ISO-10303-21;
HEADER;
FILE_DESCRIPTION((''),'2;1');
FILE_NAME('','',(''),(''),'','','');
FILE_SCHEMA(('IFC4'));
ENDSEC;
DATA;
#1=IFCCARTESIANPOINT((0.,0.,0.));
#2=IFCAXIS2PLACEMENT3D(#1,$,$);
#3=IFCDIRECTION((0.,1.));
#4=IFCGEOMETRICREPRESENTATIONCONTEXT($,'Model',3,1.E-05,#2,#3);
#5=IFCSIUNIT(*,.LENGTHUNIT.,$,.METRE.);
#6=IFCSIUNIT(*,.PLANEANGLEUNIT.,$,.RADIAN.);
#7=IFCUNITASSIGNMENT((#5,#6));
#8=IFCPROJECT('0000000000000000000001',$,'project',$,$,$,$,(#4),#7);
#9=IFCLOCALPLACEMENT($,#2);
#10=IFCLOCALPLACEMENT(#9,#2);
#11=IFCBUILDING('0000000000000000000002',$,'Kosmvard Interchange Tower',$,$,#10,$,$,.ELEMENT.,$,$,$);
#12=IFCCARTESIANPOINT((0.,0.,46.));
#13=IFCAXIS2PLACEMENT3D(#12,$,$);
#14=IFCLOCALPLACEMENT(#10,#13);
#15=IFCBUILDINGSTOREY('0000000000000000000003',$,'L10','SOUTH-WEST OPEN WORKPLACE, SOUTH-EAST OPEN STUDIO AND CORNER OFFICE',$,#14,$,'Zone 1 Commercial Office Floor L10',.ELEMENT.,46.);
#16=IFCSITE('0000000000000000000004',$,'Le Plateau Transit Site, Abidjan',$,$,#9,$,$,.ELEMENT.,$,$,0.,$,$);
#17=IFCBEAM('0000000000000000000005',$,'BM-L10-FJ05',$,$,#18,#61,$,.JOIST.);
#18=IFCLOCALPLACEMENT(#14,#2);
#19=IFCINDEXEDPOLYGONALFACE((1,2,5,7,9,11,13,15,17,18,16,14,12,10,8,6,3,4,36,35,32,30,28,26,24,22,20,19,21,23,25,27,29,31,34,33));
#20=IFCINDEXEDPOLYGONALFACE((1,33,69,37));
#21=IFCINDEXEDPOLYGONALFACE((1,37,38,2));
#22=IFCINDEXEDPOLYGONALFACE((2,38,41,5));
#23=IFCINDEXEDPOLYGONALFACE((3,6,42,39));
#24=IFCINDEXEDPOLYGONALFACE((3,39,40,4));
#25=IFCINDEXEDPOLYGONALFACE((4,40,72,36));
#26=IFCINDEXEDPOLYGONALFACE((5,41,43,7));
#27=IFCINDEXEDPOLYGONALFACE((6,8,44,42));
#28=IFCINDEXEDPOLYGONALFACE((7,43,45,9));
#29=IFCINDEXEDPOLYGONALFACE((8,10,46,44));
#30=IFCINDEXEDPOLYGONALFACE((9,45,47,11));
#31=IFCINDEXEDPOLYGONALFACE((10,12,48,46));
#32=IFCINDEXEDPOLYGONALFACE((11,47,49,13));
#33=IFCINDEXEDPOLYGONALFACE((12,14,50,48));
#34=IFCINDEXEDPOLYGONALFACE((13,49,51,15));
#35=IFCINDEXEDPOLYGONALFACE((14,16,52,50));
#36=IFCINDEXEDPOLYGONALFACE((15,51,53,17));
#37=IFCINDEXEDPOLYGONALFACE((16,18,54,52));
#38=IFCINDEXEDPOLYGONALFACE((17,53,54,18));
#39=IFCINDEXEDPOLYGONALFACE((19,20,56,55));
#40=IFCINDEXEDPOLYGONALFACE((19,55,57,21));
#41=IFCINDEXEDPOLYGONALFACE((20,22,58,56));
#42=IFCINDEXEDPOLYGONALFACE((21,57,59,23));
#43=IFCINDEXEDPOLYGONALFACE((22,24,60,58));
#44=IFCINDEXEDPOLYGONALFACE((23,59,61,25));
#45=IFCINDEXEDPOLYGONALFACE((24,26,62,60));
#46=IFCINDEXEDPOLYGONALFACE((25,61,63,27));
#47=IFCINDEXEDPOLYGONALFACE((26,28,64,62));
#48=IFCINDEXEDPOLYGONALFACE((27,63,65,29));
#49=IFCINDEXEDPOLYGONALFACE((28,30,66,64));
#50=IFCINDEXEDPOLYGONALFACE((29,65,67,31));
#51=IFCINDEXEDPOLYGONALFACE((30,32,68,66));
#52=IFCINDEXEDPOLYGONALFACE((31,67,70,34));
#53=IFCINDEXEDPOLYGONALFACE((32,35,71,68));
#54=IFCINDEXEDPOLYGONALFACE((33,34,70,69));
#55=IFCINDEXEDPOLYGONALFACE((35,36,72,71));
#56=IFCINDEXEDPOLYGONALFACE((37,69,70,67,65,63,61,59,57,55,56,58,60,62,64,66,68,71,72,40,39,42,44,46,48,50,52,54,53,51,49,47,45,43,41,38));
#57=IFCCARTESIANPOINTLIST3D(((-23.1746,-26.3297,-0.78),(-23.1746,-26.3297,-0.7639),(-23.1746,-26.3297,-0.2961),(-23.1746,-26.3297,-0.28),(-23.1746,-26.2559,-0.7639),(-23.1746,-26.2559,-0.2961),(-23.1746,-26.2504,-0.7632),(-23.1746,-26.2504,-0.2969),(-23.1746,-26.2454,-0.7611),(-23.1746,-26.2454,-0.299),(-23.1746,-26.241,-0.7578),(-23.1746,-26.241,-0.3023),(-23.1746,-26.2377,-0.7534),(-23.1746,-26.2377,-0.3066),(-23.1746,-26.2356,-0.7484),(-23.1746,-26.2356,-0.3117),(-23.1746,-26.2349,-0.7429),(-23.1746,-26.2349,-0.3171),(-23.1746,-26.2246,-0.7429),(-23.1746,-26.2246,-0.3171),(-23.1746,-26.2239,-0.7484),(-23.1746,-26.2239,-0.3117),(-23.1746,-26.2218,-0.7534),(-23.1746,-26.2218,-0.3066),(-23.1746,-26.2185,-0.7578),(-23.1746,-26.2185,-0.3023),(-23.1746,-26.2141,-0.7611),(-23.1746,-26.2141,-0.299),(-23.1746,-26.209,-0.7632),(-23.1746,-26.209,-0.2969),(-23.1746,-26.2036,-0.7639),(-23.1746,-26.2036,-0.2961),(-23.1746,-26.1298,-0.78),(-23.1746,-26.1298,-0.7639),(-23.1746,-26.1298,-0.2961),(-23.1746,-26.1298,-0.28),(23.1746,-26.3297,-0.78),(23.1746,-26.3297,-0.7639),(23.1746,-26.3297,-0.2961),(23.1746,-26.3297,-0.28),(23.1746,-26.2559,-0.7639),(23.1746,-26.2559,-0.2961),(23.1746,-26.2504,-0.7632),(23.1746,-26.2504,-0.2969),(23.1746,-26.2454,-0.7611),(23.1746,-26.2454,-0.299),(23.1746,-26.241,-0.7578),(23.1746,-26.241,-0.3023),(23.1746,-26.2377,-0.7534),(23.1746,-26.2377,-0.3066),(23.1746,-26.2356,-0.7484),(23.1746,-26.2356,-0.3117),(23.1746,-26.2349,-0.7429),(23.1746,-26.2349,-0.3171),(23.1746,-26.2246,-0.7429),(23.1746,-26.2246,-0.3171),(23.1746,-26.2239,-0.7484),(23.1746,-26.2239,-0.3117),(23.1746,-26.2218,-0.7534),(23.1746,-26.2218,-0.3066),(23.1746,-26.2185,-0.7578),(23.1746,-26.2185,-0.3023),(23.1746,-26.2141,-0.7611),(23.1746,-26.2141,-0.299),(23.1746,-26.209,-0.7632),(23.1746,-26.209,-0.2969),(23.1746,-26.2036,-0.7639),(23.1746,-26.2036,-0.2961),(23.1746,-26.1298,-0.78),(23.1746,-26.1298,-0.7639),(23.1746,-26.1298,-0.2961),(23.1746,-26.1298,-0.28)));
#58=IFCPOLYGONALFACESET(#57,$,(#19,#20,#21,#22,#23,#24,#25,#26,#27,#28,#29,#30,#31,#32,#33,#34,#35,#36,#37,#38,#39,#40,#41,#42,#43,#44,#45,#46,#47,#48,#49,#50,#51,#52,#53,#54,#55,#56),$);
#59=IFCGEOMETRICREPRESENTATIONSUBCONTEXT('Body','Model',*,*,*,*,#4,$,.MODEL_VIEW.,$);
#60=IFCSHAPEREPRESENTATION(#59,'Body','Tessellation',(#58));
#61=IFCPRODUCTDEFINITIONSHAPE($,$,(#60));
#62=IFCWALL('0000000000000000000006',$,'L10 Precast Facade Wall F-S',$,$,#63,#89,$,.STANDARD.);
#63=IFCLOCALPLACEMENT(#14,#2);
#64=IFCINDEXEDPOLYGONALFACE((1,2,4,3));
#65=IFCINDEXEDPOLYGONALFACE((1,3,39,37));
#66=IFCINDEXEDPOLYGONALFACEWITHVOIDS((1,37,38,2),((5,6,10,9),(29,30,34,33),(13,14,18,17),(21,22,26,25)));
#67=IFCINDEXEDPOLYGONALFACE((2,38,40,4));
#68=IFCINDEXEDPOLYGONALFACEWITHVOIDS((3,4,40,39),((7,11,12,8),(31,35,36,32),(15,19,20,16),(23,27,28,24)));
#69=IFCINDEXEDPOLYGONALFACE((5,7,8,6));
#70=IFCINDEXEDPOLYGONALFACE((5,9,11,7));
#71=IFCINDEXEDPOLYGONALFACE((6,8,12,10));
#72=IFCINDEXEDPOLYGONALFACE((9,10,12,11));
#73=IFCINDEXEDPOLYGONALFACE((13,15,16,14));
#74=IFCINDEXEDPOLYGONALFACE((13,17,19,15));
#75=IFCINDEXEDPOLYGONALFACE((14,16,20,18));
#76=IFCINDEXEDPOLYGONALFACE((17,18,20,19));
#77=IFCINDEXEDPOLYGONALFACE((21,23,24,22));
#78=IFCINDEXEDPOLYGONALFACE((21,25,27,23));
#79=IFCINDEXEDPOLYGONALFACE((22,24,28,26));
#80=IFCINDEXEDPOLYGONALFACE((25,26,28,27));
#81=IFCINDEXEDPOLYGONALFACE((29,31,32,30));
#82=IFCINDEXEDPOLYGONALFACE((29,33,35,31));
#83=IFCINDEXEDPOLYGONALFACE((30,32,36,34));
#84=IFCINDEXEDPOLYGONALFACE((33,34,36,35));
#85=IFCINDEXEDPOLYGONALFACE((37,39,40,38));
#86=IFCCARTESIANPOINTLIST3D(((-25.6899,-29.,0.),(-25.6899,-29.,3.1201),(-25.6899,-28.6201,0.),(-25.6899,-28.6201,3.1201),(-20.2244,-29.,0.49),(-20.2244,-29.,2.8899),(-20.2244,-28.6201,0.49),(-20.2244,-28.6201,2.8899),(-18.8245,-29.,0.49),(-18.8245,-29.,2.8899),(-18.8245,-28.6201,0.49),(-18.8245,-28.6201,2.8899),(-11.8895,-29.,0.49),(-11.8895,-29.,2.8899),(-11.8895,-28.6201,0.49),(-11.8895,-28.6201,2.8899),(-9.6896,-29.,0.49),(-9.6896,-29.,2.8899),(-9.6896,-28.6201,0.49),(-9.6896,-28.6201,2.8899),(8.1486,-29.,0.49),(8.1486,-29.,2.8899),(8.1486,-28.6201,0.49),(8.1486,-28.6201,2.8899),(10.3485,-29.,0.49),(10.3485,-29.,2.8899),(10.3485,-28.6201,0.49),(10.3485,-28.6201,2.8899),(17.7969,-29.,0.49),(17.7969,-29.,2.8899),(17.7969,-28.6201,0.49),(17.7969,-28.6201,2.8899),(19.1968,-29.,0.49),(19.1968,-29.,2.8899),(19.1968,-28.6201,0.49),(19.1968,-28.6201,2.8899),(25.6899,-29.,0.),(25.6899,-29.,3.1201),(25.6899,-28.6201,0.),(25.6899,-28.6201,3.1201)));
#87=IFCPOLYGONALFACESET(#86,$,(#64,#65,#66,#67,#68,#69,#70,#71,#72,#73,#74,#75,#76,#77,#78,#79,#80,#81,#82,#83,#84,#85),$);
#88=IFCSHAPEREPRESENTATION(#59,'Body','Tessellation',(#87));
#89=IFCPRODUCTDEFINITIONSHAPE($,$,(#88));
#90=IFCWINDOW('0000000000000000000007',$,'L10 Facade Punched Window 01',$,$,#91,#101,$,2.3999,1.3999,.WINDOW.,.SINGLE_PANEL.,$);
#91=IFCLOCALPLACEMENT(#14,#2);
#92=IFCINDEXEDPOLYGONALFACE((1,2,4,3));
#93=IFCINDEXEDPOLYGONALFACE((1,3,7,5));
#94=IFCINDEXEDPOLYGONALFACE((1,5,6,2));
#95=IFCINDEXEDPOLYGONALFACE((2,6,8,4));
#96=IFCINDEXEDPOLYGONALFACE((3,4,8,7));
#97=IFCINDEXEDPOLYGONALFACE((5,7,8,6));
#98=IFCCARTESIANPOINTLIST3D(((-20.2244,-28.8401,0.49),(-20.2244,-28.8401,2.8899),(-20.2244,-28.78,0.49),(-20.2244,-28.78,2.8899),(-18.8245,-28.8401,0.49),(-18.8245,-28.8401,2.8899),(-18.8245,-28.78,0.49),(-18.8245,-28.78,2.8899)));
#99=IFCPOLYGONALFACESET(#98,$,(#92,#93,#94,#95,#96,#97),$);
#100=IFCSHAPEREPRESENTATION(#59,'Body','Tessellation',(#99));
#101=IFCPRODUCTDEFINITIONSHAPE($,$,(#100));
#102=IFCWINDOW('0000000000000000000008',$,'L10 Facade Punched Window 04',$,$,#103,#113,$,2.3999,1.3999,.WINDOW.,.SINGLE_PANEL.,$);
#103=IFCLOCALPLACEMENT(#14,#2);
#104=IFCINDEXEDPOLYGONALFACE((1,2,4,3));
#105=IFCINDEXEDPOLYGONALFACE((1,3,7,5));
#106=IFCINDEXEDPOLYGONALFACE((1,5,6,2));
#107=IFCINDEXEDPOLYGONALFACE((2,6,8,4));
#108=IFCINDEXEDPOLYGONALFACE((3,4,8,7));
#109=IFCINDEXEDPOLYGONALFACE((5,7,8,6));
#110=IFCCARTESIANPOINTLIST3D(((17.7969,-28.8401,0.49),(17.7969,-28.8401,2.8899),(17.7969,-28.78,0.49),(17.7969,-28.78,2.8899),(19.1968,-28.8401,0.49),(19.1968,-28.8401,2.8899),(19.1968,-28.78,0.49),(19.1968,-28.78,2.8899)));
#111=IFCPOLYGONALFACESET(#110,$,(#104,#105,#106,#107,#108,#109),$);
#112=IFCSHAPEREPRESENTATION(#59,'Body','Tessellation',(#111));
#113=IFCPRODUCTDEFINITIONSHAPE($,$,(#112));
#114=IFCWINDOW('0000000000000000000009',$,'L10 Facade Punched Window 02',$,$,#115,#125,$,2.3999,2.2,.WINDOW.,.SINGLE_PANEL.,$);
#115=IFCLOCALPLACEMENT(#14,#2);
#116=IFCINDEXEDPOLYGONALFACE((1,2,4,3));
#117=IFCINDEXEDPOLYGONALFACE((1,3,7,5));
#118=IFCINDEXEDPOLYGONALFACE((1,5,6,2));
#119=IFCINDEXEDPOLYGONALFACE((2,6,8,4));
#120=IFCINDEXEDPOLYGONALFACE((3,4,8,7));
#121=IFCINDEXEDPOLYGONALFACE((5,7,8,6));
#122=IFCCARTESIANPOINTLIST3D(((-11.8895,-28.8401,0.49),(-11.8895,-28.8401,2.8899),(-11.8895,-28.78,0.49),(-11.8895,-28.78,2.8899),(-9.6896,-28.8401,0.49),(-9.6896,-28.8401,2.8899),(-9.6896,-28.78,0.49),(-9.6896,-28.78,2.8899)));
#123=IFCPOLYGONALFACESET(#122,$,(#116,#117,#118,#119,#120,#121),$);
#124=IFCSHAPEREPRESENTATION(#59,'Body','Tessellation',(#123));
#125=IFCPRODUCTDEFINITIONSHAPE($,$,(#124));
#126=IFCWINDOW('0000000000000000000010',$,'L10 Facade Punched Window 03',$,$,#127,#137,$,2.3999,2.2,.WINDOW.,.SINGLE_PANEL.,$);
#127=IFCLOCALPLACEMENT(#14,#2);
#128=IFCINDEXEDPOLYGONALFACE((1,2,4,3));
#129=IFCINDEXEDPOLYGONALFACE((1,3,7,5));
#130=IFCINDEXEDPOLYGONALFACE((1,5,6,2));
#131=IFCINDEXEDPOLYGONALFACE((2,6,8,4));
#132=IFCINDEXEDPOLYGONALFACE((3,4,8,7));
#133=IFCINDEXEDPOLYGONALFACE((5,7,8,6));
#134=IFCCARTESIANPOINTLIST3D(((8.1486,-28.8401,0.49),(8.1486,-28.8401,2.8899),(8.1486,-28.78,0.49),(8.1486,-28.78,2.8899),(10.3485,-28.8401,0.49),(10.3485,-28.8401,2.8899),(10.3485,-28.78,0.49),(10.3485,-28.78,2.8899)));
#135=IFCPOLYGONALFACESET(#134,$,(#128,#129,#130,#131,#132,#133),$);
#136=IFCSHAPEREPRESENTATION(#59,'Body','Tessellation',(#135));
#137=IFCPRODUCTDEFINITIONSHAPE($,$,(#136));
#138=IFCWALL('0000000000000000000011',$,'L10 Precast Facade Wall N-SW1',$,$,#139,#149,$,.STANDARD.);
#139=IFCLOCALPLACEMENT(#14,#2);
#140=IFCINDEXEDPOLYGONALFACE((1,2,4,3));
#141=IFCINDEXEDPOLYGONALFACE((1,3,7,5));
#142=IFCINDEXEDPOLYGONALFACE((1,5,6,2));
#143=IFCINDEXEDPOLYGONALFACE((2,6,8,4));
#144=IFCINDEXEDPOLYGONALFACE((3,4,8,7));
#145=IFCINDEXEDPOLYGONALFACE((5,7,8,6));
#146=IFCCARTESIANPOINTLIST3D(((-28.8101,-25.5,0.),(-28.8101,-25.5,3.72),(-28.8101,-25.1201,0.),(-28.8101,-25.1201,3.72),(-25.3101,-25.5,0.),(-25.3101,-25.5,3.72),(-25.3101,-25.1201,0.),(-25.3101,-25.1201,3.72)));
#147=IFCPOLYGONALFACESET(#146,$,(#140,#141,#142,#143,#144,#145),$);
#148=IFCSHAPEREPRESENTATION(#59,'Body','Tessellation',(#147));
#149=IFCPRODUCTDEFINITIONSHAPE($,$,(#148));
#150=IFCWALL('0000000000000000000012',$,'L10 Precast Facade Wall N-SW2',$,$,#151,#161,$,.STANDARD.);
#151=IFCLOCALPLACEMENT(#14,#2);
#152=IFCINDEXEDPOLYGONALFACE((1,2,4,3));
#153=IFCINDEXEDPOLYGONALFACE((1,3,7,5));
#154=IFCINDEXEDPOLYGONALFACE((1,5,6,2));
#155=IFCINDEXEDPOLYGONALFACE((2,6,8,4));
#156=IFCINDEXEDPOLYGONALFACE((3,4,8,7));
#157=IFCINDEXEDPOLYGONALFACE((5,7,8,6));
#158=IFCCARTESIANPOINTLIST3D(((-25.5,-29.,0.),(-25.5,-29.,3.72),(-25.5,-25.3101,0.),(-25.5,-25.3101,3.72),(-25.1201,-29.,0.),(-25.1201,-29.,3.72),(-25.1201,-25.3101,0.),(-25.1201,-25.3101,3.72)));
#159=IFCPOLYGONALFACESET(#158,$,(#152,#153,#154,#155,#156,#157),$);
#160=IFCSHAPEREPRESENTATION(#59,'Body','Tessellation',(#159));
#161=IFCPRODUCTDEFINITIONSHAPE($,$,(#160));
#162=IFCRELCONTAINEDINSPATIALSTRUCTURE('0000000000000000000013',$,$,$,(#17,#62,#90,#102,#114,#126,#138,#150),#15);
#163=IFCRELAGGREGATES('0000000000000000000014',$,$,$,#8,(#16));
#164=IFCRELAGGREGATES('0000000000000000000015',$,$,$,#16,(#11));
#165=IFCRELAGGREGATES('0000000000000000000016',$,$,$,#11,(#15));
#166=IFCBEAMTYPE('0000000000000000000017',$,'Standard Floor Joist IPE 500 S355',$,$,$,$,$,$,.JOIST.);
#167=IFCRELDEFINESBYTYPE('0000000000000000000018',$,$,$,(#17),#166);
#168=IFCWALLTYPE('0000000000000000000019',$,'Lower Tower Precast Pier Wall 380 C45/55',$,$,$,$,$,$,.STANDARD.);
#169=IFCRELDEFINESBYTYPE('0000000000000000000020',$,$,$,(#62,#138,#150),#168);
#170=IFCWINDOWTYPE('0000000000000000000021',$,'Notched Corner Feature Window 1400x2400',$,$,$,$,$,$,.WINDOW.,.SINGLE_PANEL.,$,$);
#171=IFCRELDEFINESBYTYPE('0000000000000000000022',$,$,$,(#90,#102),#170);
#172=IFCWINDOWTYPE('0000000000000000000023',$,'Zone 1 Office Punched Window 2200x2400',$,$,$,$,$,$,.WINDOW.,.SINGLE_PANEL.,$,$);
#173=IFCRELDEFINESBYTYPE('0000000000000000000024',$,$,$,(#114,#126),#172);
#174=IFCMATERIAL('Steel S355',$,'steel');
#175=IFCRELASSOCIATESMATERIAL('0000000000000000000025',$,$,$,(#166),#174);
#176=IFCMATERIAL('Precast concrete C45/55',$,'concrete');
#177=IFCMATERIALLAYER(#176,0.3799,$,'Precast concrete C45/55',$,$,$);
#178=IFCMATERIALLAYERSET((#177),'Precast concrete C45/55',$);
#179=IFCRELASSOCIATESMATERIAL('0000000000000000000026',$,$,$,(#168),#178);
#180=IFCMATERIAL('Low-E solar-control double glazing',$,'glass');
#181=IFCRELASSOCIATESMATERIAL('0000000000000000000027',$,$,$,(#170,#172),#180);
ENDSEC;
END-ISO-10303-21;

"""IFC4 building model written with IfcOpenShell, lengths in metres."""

from ifc_helpers import new_model, si_unit, direction, frame, frame_2d, origin, origin_2d, place, context, subcontext, project, spatial, rectangle, i_section, extrude, source, transform, mapped, material, layer, layer_set, material_profile, profile_set, type_object, element, fill, save


model = new_model("IFC4")

# Units and contexts
model_context = context("Model", 3, precision=1e-05, world=origin(), true_north=direction((0.0, 1.0)))
body_context = subcontext(model_context, "Body", "Model", "MODEL_VIEW")
ifc_project = project(units=[si_unit("LENGTHUNIT", "METRE"), si_unit("PLANEANGLEUNIT", "RADIAN")], contexts=[model_context])

# Site, building, storey
site_placement = place(None, origin())
site = spatial("IfcSite", under=ifc_project, at=site_placement, Name="Le Plateau Transit Site, Abidjan", CompositionType="ELEMENT", RefElevation=0.0)
building_placement = place(site_placement, origin())
building = spatial("IfcBuilding", under=site, at=building_placement, Name="Kosmvard Interchange Tower", CompositionType="ELEMENT")
storey_placement = place(building_placement, frame((0.0, 0.0, 46.0)))
storey = spatial("IfcBuildingStorey", under=building, at=storey_placement, Name="L10", Description="SOUTH-WEST OPEN WORKPLACE, SOUTH-EAST OPEN STUDIO AND CORNER OFFICE", LongName="Zone 1 Commercial Office Floor L10", CompositionType="ELEMENT", Elevation=46.0)

# Beam
ifc_material_1 = material(Name="Steel S355", Category="steel")
ifc_material_2 = material(Name="Precast concrete C45/55", Category="concrete")
ifc_material_profile_1 = material_profile(ifc_material_1, i_section(OverallWidth=0.2, OverallDepth=0.5, WebThickness=0.0103, FlangeThickness=0.0161, FilletRadius=0.021, at=origin_2d()), Name="IPE 500")
ifc_profile_set_1 = profile_set([ifc_material_profile_1], Name="Steel S355")
beam_type_1 = type_object("IfcBeamType", Name="Standard Floor Joist IPE 500 S355", PredefinedType="JOIST", material=ifc_profile_set_1)
shared_shape_1 = source(origin(), body_context, "Body", "SweptSolid", [
    extrude(i_section(OverallWidth=0.2, OverallDepth=0.5, WebThickness=0.0103, FlangeThickness=0.0161, FilletRadius=0.021, at=origin_2d()), origin(), (0.0, 0.0, 1.0), 46.3491),
])
beam_1_placement = place(storey_placement, frame((-23.1746, -26.2297, -0.53), z_axis=(1.0, 0.0, 0.0), x_axis=(0.0, 1.0, 0.0)))
element("IfcBeam", 1, at=beam_1_placement, inside=storey, type_object=beam_type_1, Name="BM-L10-FJ05", PredefinedType="JOIST", context=body_context, shape_type="MappedRepresentation", body=[
    mapped(shared_shape_1, transform((0.0, 0.0, 0.0), scale=1.0)),
])

# Wall, openings, windows
ifc_layer_1 = layer(ifc_material_2, 0.3799, Name="Precast concrete C45/55")
ifc_layer_set_1 = layer_set([ifc_layer_1], Name="Precast concrete C45/55")
wall_type = type_object("IfcWallType", Name="Lower Tower Precast Pier Wall 380 C45/55", PredefinedType="STANDARD", material=ifc_layer_set_1)
wall_1_placement = place(storey_placement, frame((-25.6899, -28.8101, 0.0), z_axis=(0.0, 0.0, 1.0), x_axis=(1.0, 0.0, 0.0)))
wall_1 = element("IfcWall", 2, at=wall_1_placement, inside=storey, type_object=wall_type, Name="L10 Precast Facade Wall F-S", PredefinedType="STANDARD", context=body_context, shape_type="SweptSolid", body=[
    extrude(rectangle(XDim=51.3799, YDim=0.3799, at=frame_2d((25.6899, 0.0))), origin(), (0.0, 0.0, 1.0), 3.1201),
])
opening_1_placement = place(wall_1_placement, frame((5.4656, 0.0, 0.49)))
opening_1 = element("IfcOpeningElement", 3, at=opening_1_placement, cuts=wall_1, PredefinedType="OPENING", context=body_context, shape_type="SweptSolid", body=[
    extrude(rectangle(XDim=1.3999, YDim=2.3999, at=frame_2d((0.7, 1.2))), frame((0.0, 0.2, 0.0), z_axis=(0.0, -1.0, 0.0), x_axis=(1.0, 0.0, 0.0)), (0.0, 0.0, 1.0), 0.3999),
])
opening_2_placement = place(wall_1_placement, frame((13.8003, 0.0, 0.49)))
opening_2 = element("IfcOpeningElement", 4, at=opening_2_placement, cuts=wall_1, PredefinedType="OPENING", context=body_context, shape_type="SweptSolid", body=[
    extrude(rectangle(XDim=2.2, YDim=2.3999, at=frame_2d((1.1001, 1.2))), frame((0.0, 0.2, 0.0), z_axis=(0.0, -1.0, 0.0), x_axis=(1.0, 0.0, 0.0)), (0.0, 0.0, 1.0), 0.3999),
])
opening_3_placement = place(wall_1_placement, frame((33.8384, 0.0, 0.49)))
opening_3 = element("IfcOpeningElement", 5, at=opening_3_placement, cuts=wall_1, PredefinedType="OPENING", context=body_context, shape_type="SweptSolid", body=[
    extrude(rectangle(XDim=2.2, YDim=2.3999, at=frame_2d((1.1001, 1.2))), frame((0.0, 0.2, 0.0), z_axis=(0.0, -1.0, 0.0), x_axis=(1.0, 0.0, 0.0)), (0.0, 0.0, 1.0), 0.3999),
])
opening_4_placement = place(wall_1_placement, frame((43.4868, 0.0, 0.49)))
opening_4 = element("IfcOpeningElement", 6, at=opening_4_placement, cuts=wall_1, PredefinedType="OPENING", context=body_context, shape_type="SweptSolid", body=[
    extrude(rectangle(XDim=1.3999, YDim=2.3999, at=frame_2d((0.7, 1.2))), frame((0.0, 0.2, 0.0), z_axis=(0.0, -1.0, 0.0), x_axis=(1.0, 0.0, 0.0)), (0.0, 0.0, 1.0), 0.3999),
])
ifc_material_3 = material(Name="Low-E solar-control double glazing", Category="glass")
window_type_1 = type_object("IfcWindowType", Name="Notched Corner Feature Window 1400x2400", PartitioningType="SINGLE_PANEL", PredefinedType="WINDOW", material=ifc_material_3)
shared_shape_2 = source(origin(), body_context, "Body", "SweptSolid", [
    extrude(rectangle(XDim=1.3999, YDim=2.3999, at=frame_2d((0.7, 1.2))), frame((0.0, 0.03, 0.0), z_axis=(0.0, -1.0, 0.0), x_axis=(1.0, 0.0, 0.0)), (0.0, 0.0, 1.0), 0.0601),
])
window_1_placement = place(opening_1_placement, origin())
window_1 = element("IfcWindow", 7, at=window_1_placement, inside=storey, type_object=window_type_1, Name="L10 Facade Punched Window 01", OverallHeight=2.3999, OverallWidth=1.3999, PartitioningType="SINGLE_PANEL", PredefinedType="WINDOW", context=body_context, shape_type="MappedRepresentation", body=[
    mapped(shared_shape_2, transform((0.0, 0.0, 0.0), scale=1.0)),
])
fill(opening_1, window_1)
window_2_placement = place(opening_4_placement, origin())
window_2 = element("IfcWindow", 8, at=window_2_placement, inside=storey, type_object=window_type_1, Name="L10 Facade Punched Window 04", OverallHeight=2.3999, OverallWidth=1.3999, PartitioningType="SINGLE_PANEL", PredefinedType="WINDOW", context=body_context, shape_type="MappedRepresentation", body=[
    mapped(shared_shape_2, transform((0.0, 0.0, 0.0), scale=1.0)),
])
fill(opening_4, window_2)
window_type_2 = type_object("IfcWindowType", Name="Zone 1 Office Punched Window 2200x2400", PartitioningType="SINGLE_PANEL", PredefinedType="WINDOW", material=ifc_material_3)
shared_shape_3 = source(origin(), body_context, "Body", "SweptSolid", [
    extrude(rectangle(XDim=2.2, YDim=2.3999, at=frame_2d((1.1001, 1.2))), frame((0.0, 0.03, 0.0), z_axis=(0.0, -1.0, 0.0), x_axis=(1.0, 0.0, 0.0)), (0.0, 0.0, 1.0), 0.0601),
])
window_3_placement = place(opening_2_placement, origin())
window_3 = element("IfcWindow", 9, at=window_3_placement, inside=storey, type_object=window_type_2, Name="L10 Facade Punched Window 02", OverallHeight=2.3999, OverallWidth=2.2, PartitioningType="SINGLE_PANEL", PredefinedType="WINDOW", context=body_context, shape_type="MappedRepresentation", body=[
    mapped(shared_shape_3, transform((0.0, 0.0, 0.0), scale=1.0)),
])
fill(opening_2, window_3)
window_4_placement = place(opening_3_placement, origin())
window_4 = element("IfcWindow", 10, at=window_4_placement, inside=storey, type_object=window_type_2, Name="L10 Facade Punched Window 03", OverallHeight=2.3999, OverallWidth=2.2, PartitioningType="SINGLE_PANEL", PredefinedType="WINDOW", context=body_context, shape_type="MappedRepresentation", body=[
    mapped(shared_shape_3, transform((0.0, 0.0, 0.0), scale=1.0)),
])
fill(opening_3, window_4)

# Walls
wall_2_placement = place(storey_placement, frame((-28.8101, -25.3101, 0.0), z_axis=(0.0, 0.0, 1.0), x_axis=(1.0, 0.0, 0.0)))
element("IfcWall", 11, at=wall_2_placement, inside=storey, type_object=wall_type, Name="L10 Precast Facade Wall N-SW1", PredefinedType="STANDARD", context=body_context, shape_type="SweptSolid", body=[
    extrude(rectangle(XDim=3.5, YDim=0.3799, at=frame_2d((1.75, 0.0))), origin(), (0.0, 0.0, 1.0), 3.72),
])
wall_3_placement = place(storey_placement, frame((-25.3101, -25.3101, 0.0), z_axis=(0.0, 0.0, 1.0), x_axis=(0.0, -1.0, 0.0)))
element("IfcWall", 12, at=wall_3_placement, inside=storey, type_object=wall_type, Name="L10 Precast Facade Wall N-SW2", PredefinedType="STANDARD", context=body_context, shape_type="SweptSolid", body=[
    extrude(rectangle(XDim=3.6899, YDim=0.3799, at=frame_2d((1.845, 0.0))), origin(), (0.0, 0.0, 1.0), 3.72),
])

save(model, "model.ifc")
